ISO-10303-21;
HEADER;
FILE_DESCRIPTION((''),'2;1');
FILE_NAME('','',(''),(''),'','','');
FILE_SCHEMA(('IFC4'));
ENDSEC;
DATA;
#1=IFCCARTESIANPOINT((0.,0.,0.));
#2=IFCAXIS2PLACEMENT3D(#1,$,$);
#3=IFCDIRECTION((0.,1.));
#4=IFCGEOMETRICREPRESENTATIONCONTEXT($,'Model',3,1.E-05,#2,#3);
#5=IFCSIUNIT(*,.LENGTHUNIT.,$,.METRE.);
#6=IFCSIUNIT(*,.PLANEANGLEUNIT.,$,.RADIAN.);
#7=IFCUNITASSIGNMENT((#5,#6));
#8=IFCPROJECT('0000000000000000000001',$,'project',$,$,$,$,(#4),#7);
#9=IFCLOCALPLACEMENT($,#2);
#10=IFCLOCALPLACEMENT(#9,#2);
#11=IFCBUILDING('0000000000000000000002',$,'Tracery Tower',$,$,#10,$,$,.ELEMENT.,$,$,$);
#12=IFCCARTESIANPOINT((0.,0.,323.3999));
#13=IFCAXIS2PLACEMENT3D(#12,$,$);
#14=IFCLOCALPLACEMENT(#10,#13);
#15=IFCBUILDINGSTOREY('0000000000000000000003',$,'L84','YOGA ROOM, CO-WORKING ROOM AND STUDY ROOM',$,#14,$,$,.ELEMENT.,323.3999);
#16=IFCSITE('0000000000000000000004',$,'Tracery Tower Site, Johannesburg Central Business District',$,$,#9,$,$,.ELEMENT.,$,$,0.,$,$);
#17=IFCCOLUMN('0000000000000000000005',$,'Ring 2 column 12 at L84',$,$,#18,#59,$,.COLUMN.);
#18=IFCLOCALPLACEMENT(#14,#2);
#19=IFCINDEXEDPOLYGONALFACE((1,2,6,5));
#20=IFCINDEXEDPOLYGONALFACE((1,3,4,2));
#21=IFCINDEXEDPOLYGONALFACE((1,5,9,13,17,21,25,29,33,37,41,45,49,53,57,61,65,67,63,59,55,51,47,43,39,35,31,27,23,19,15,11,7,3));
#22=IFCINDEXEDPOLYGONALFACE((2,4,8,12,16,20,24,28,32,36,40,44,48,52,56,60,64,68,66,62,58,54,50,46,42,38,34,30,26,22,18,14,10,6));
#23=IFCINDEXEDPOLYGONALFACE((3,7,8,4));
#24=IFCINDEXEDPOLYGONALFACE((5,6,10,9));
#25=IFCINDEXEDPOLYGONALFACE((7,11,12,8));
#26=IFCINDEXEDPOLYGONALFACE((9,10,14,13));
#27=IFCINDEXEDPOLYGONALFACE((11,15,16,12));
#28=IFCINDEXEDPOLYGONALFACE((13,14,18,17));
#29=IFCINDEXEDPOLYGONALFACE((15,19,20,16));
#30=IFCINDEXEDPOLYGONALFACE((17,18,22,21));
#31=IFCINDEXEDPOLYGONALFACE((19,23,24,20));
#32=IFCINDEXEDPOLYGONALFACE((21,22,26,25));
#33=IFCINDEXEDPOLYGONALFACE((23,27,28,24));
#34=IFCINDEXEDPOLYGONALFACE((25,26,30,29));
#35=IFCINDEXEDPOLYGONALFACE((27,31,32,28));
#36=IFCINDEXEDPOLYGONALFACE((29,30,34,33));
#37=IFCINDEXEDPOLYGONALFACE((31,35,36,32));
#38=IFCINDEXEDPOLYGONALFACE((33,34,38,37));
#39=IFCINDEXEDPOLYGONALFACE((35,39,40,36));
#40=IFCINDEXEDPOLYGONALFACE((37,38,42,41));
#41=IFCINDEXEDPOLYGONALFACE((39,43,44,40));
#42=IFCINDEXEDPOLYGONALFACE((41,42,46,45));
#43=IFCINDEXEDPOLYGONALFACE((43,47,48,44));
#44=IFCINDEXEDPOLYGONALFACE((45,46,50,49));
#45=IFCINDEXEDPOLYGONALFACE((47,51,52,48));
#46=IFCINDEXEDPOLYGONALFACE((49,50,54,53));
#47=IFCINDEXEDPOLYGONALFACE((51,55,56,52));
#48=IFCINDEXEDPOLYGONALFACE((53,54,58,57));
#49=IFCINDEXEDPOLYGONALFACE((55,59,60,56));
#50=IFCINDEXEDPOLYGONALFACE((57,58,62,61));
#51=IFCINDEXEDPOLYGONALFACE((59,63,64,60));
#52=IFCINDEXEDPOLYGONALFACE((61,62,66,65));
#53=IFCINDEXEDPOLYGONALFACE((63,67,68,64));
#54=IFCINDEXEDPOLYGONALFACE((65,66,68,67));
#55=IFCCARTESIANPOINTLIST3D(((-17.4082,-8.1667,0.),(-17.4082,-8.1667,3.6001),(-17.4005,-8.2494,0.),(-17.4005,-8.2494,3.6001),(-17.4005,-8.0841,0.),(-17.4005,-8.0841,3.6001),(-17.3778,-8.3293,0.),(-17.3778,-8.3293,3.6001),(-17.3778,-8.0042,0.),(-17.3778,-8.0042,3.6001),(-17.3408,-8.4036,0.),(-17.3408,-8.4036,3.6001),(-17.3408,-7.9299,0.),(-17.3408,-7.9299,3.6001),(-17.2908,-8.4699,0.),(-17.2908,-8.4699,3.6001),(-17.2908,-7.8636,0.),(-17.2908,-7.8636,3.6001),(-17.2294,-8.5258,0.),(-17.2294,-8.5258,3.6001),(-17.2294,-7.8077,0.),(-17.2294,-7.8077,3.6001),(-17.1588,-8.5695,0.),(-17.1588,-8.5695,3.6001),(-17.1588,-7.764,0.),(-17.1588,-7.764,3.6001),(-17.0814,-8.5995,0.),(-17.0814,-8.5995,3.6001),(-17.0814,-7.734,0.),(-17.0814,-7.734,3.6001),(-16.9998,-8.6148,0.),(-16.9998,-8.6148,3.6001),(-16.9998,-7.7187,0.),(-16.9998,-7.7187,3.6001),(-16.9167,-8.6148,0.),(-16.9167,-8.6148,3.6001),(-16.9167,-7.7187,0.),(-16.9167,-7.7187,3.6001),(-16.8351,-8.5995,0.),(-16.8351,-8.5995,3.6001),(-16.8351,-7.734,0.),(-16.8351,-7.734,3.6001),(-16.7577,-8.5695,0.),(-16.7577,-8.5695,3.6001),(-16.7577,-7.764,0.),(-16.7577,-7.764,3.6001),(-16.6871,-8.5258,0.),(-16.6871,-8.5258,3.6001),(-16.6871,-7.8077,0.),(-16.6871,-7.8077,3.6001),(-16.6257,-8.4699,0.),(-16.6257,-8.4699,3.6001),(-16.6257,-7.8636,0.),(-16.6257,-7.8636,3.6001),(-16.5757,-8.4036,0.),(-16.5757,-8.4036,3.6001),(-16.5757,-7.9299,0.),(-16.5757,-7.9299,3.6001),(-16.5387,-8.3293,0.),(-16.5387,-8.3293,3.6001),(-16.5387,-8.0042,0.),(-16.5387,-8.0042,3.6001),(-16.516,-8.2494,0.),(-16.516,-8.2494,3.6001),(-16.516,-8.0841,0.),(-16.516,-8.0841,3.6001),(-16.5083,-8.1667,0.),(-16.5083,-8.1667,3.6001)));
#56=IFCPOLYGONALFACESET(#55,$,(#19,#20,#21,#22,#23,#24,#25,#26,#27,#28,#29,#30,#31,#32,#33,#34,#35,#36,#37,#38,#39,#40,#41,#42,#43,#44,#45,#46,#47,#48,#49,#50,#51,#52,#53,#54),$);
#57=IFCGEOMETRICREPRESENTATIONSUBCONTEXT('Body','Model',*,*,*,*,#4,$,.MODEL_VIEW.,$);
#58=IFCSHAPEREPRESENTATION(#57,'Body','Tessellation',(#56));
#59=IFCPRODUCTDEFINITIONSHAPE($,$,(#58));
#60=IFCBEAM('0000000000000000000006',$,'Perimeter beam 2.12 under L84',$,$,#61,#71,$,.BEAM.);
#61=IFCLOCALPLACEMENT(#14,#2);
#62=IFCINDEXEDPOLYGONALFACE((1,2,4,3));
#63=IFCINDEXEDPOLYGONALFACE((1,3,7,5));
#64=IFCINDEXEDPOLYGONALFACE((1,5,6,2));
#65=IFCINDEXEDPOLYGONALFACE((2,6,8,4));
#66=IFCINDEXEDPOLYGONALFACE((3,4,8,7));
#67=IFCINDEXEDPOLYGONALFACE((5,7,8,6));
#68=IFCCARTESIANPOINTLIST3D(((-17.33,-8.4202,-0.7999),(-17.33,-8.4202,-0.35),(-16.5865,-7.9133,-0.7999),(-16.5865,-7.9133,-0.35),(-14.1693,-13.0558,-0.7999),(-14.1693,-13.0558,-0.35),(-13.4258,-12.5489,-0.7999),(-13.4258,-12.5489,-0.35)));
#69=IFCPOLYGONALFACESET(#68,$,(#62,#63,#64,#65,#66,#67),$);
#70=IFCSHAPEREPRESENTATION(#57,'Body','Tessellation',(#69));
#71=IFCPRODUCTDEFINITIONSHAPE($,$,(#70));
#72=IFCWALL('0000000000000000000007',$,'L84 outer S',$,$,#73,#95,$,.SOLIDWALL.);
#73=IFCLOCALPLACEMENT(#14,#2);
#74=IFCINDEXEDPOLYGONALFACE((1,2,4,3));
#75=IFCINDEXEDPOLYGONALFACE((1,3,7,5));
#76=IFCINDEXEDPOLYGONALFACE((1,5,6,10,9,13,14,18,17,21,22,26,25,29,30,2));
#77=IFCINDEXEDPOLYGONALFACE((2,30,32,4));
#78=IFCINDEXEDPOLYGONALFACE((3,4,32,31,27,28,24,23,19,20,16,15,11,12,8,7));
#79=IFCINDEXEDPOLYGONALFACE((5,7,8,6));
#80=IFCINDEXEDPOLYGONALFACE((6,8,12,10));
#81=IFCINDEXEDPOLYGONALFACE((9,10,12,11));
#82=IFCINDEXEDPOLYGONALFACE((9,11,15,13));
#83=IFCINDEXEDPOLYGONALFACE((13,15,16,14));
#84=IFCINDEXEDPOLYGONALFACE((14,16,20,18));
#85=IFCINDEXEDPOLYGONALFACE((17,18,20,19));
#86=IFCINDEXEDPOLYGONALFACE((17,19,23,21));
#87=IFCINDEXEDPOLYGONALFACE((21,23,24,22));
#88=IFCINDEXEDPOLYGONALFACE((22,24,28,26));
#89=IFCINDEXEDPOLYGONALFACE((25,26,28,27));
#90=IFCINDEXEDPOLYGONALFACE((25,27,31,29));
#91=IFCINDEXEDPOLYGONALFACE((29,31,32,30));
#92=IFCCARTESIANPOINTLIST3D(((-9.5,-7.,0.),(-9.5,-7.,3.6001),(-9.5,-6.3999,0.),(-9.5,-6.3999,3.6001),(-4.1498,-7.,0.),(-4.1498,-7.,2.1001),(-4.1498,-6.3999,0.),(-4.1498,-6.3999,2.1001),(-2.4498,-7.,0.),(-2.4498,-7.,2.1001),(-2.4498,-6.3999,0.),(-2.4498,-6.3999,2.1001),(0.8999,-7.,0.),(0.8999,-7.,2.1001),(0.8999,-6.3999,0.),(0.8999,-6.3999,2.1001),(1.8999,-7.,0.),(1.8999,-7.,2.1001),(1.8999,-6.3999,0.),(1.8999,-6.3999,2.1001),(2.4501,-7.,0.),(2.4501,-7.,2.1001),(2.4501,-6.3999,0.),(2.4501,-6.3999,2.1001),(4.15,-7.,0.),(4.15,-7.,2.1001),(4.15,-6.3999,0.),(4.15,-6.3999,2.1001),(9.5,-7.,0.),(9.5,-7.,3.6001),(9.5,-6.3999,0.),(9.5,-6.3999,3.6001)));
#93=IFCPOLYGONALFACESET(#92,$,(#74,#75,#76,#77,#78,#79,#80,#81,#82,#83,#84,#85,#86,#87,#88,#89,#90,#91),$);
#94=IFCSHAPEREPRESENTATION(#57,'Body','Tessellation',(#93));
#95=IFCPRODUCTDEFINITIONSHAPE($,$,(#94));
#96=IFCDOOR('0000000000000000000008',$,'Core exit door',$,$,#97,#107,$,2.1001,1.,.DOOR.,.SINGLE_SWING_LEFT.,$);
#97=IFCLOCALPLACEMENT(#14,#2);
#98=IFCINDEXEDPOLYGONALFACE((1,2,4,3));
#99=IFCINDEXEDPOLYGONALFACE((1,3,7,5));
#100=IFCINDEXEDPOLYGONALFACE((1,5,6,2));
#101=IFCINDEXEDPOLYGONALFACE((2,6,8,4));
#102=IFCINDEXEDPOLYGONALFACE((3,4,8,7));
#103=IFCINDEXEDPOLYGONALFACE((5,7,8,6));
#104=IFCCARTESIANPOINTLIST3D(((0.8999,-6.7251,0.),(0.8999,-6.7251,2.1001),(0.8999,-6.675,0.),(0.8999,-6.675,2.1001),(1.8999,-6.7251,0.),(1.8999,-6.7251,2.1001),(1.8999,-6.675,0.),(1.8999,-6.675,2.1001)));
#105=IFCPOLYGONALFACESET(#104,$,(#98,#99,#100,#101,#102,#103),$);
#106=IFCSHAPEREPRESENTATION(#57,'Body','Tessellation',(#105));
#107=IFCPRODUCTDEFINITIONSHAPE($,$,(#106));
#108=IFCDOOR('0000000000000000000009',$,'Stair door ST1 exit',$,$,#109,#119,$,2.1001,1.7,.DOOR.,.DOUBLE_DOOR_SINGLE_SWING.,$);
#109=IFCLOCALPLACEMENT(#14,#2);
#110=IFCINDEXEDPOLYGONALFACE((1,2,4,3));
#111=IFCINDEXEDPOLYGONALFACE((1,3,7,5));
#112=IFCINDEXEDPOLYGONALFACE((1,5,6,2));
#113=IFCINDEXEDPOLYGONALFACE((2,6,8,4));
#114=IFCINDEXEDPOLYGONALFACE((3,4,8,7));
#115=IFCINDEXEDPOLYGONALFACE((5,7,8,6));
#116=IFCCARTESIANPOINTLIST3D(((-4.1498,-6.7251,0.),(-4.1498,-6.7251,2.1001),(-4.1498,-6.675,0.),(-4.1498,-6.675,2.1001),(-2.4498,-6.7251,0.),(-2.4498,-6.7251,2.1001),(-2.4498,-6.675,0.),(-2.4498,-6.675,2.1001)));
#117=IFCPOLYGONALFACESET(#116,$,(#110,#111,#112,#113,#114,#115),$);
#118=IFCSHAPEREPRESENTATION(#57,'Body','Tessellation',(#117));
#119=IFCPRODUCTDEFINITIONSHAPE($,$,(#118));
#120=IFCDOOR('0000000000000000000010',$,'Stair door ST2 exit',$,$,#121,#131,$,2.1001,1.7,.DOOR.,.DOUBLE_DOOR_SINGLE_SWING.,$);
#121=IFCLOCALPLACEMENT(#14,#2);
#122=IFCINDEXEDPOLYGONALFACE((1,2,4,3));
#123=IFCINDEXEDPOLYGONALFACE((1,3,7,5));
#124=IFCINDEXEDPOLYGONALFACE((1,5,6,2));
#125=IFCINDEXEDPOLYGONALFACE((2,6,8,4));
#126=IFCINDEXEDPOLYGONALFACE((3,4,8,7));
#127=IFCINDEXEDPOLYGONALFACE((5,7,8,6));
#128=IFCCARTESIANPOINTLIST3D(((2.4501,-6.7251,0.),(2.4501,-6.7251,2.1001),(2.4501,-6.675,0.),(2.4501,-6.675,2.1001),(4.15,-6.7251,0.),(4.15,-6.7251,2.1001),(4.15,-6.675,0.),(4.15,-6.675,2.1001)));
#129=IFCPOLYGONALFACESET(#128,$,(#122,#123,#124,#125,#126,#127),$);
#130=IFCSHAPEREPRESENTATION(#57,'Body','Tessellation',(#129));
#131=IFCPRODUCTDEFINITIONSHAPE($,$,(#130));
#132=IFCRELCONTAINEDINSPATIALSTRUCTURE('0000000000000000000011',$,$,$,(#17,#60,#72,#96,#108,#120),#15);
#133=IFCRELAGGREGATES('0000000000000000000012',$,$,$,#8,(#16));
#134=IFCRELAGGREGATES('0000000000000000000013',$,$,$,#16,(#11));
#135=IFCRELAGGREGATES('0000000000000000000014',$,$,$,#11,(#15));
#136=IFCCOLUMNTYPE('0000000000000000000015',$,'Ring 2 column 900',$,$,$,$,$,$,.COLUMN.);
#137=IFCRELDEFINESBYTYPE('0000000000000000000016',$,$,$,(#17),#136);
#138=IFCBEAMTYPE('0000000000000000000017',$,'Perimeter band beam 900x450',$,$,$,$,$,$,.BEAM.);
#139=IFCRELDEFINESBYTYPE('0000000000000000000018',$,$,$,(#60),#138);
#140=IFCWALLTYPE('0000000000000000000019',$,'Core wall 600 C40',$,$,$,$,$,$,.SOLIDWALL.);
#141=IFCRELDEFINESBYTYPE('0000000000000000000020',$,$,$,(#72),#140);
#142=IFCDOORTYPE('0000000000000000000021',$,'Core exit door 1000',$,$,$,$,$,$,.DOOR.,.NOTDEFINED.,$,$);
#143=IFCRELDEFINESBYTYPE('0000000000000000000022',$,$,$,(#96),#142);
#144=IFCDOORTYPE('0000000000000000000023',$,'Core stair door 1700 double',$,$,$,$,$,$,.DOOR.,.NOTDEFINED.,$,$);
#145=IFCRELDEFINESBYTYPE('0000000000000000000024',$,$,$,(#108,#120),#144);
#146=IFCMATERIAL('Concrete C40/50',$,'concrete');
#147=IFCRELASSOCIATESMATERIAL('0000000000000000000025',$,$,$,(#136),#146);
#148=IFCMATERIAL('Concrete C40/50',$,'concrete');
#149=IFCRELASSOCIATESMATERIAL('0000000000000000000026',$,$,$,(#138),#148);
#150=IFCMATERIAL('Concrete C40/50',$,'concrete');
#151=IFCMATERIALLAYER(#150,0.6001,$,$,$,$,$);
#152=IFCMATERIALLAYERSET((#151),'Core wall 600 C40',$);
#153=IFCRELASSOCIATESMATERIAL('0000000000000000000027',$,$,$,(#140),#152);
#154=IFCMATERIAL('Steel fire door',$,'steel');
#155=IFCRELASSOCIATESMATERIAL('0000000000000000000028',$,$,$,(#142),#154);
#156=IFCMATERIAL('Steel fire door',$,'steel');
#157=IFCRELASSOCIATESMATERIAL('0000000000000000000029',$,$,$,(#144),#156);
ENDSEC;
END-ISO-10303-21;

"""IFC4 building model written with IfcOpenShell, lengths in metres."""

from ifc_helpers import new_model, si_unit, direction, frame, frame_2d, origin, origin_2d, place, context, subcontext, project, spatial, rectangle, circle, extrude, material, layer, layer_set, material_profile, profile_set, type_object, element, fill, save


model = new_model("IFC4")

# Units and contexts
model_context = context("Model", 3, precision=1e-05, world=origin(), true_north=direction((0.0, 1.0)))
body_context = subcontext(model_context, "Body", "Model", "MODEL_VIEW")
ifc_project = project(units=[si_unit("LENGTHUNIT", "METRE"), si_unit("PLANEANGLEUNIT", "RADIAN")], contexts=[model_context])

# Site, building, storey
site_placement = place(None, origin())
site = spatial("IfcSite", under=ifc_project, at=site_placement, Name="Tracery Tower Site, Johannesburg Central Business District", CompositionType="ELEMENT", RefElevation=0.0)
building_placement = place(site_placement, origin())
building = spatial("IfcBuilding", under=site, at=building_placement, Name="Tracery Tower", CompositionType="ELEMENT")
storey_placement = place(building_placement, frame((0.0, 0.0, 323.3999)))
storey = spatial("IfcBuildingStorey", under=building, at=storey_placement, Name="L84", Description="YOGA ROOM, CO-WORKING ROOM AND STUDY ROOM", CompositionType="ELEMENT", Elevation=323.3999)

# Column
ifc_material_1 = material(Name="Concrete C40/50", Category="concrete")
ifc_material_profile_1 = material_profile(ifc_material_1, circle(Radius=0.45, at=origin_2d()), Name="RC D900")
ifc_profile_set_1 = profile_set([ifc_material_profile_1], Name="Concrete C40/50")
column_type = type_object("IfcColumnType", Name="Ring 2 column 900", PredefinedType="COLUMN", material=ifc_profile_set_1)
column_placement = place(storey_placement, frame((-16.9583, -8.1667, 0.0), z_axis=(0.0, 0.0, 1.0), x_axis=(1.0, 0.0, 0.0)))
element("IfcColumn", 1, at=column_placement, inside=storey, type_object=column_type, Name="Ring 2 column 12 at L84", PredefinedType="COLUMN", context=body_context, shape_type="SweptSolid", body=[
    extrude(circle(Radius=0.45, at=origin_2d()), origin(), (0.0, 0.0, 1.0), 3.6001),
])

# Beam
ifc_material_2 = material(Name="Concrete C40/50", Category="concrete")
ifc_material_profile_2 = material_profile(ifc_material_2, rectangle(XDim=0.8999, YDim=0.45, at=origin_2d()), Name="RC 900x450")
ifc_profile_set_2 = profile_set([ifc_material_profile_2], Name="Concrete C40/50")
beam_type = type_object("IfcBeamType", Name="Perimeter band beam 900x450", PredefinedType="BEAM", material=ifc_profile_set_2)
beam_placement = place(storey_placement, frame((-16.9583, -8.1667, -0.575), z_axis=(0.563346, -0.826221, 0.0), x_axis=(0.826221, 0.563346, 0.0)))
element("IfcBeam", 2, at=beam_placement, inside=storey, type_object=beam_type, Name="Perimeter beam 2.12 under L84", PredefinedType="BEAM", context=body_context, shape_type="SweptSolid", body=[
    extrude(rectangle(XDim=0.8999, YDim=0.45, at=origin_2d()), origin(), (0.0, 0.0, 1.0), 5.6106),
])

# Wall, openings, doors
ifc_material_3 = material(Name="Concrete C40/50", Category="concrete")
ifc_layer_1 = layer(ifc_material_3, 0.6001)
ifc_layer_set_1 = layer_set([ifc_layer_1], Name="Core wall 600 C40")
wall_type_1 = type_object("IfcWallType", Name="Core wall 600 C40", PredefinedType="SOLIDWALL", material=ifc_layer_set_1)
wall_1_placement = place(storey_placement, frame((-9.5, -6.7, 0.0), z_axis=(0.0, 0.0, 1.0), x_axis=(1.0, 0.0, 0.0)))
wall_1 = element("IfcWall", 3, at=wall_1_placement, inside=storey, type_object=wall_type_1, Name="L84 outer S", PredefinedType="SOLIDWALL", context=body_context, shape_type="SweptSolid", body=[
    extrude(rectangle(XDim=19.0, YDim=0.6001, at=frame_2d((9.5, 0.0))), origin(), (0.0, 0.0, 1.0), 3.6001),
])
opening_1_placement = place(wall_1_placement, frame((10.3999, 0.0, 0.0)))
opening_1 = element("IfcOpeningElement", 4, at=opening_1_placement, cuts=wall_1, PredefinedType="OPENING", context=body_context, shape_type="SweptSolid", body=[
    extrude(rectangle(XDim=1.0, YDim=2.1001, at=frame_2d((0.5, 1.05))), frame((0.0, 0.3, 0.0), z_axis=(0.0, -1.0, 0.0), x_axis=(1.0, 0.0, 0.0)), (0.0, 0.0, 1.0), 0.6001),
])
opening_2_placement = place(wall_1_placement, frame((5.3501, 0.0, 0.0)))
opening_2 = element("IfcOpeningElement", 5, at=opening_2_placement, cuts=wall_1, PredefinedType="OPENING", context=body_context, shape_type="SweptSolid", body=[
    extrude(rectangle(XDim=1.7, YDim=2.1001, at=frame_2d((0.8501, 1.05))), frame((0.0, 0.3, 0.0), z_axis=(0.0, -1.0, 0.0), x_axis=(1.0, 0.0, 0.0)), (0.0, 0.0, 1.0), 0.6001),
])
opening_3_placement = place(wall_1_placement, frame((11.95, 0.0, 0.0)))
opening_3 = element("IfcOpeningElement", 6, at=opening_3_placement, cuts=wall_1, PredefinedType="OPENING", context=body_context, shape_type="SweptSolid", body=[
    extrude(rectangle(XDim=1.7, YDim=2.1001, at=frame_2d((0.8501, 1.05))), frame((0.0, 0.3, 0.0), z_axis=(0.0, -1.0, 0.0), x_axis=(1.0, 0.0, 0.0)), (0.0, 0.0, 1.0), 0.6001),
])
ifc_material_4 = material(Name="Steel fire door", Category="steel")
door_type_1 = type_object("IfcDoorType", Name="Core exit door 1000", OperationType="NOTDEFINED", PredefinedType="DOOR", material=ifc_material_4)
door_1_placement = place(opening_1_placement, origin())
door_1 = element("IfcDoor", 7, at=door_1_placement, inside=storey, type_object=door_type_1, Name="Core exit door", OperationType="SINGLE_SWING_LEFT", OverallHeight=2.1001, OverallWidth=1.0, PredefinedType="DOOR", context=body_context, shape_type="SweptSolid", body=[
    extrude(rectangle(XDim=1.0, YDim=2.1001, at=frame_2d((0.5, 1.05))), frame((0.0, 0.0249, 0.0), z_axis=(0.0, -1.0, 0.0), x_axis=(1.0, 0.0, 0.0)), (0.0, 0.0, 1.0), 0.05),
])
fill(opening_1, door_1)
ifc_material_5 = material(Name="Steel fire door", Category="steel")
door_type_2 = type_object("IfcDoorType", Name="Core stair door 1700 double", OperationType="NOTDEFINED", PredefinedType="DOOR", material=ifc_material_5)
door_2_placement = place(opening_2_placement, origin())
door_2 = element("IfcDoor", 8, at=door_2_placement, inside=storey, type_object=door_type_2, Name="Stair door ST1 exit", OperationType="DOUBLE_DOOR_SINGLE_SWING", OverallHeight=2.1001, OverallWidth=1.7, PredefinedType="DOOR", context=body_context, shape_type="SweptSolid", body=[
    extrude(rectangle(XDim=1.7, YDim=2.1001, at=frame_2d((0.8501, 1.05))), frame((0.0, 0.0249, 0.0), z_axis=(0.0, -1.0, 0.0), x_axis=(1.0, 0.0, 0.0)), (0.0, 0.0, 1.0), 0.05),
])
fill(opening_2, door_2)
door_3_placement = place(opening_3_placement, origin())
door_3 = element("IfcDoor", 9, at=door_3_placement, inside=storey, type_object=door_type_2, Name="Stair door ST2 exit", OperationType="DOUBLE_DOOR_SINGLE_SWING", OverallHeight=2.1001, OverallWidth=1.7, PredefinedType="DOOR", context=body_context, shape_type="SweptSolid", body=[
    extrude(rectangle(XDim=1.7, YDim=2.1001, at=frame_2d((0.8501, 1.05))), frame((0.0, 0.0249, 0.0), z_axis=(0.0, -1.0, 0.0), x_axis=(1.0, 0.0, 0.0)), (0.0, 0.0, 1.0), 0.05),
])
fill(opening_3, door_3)

save(model, "model.ifc")
